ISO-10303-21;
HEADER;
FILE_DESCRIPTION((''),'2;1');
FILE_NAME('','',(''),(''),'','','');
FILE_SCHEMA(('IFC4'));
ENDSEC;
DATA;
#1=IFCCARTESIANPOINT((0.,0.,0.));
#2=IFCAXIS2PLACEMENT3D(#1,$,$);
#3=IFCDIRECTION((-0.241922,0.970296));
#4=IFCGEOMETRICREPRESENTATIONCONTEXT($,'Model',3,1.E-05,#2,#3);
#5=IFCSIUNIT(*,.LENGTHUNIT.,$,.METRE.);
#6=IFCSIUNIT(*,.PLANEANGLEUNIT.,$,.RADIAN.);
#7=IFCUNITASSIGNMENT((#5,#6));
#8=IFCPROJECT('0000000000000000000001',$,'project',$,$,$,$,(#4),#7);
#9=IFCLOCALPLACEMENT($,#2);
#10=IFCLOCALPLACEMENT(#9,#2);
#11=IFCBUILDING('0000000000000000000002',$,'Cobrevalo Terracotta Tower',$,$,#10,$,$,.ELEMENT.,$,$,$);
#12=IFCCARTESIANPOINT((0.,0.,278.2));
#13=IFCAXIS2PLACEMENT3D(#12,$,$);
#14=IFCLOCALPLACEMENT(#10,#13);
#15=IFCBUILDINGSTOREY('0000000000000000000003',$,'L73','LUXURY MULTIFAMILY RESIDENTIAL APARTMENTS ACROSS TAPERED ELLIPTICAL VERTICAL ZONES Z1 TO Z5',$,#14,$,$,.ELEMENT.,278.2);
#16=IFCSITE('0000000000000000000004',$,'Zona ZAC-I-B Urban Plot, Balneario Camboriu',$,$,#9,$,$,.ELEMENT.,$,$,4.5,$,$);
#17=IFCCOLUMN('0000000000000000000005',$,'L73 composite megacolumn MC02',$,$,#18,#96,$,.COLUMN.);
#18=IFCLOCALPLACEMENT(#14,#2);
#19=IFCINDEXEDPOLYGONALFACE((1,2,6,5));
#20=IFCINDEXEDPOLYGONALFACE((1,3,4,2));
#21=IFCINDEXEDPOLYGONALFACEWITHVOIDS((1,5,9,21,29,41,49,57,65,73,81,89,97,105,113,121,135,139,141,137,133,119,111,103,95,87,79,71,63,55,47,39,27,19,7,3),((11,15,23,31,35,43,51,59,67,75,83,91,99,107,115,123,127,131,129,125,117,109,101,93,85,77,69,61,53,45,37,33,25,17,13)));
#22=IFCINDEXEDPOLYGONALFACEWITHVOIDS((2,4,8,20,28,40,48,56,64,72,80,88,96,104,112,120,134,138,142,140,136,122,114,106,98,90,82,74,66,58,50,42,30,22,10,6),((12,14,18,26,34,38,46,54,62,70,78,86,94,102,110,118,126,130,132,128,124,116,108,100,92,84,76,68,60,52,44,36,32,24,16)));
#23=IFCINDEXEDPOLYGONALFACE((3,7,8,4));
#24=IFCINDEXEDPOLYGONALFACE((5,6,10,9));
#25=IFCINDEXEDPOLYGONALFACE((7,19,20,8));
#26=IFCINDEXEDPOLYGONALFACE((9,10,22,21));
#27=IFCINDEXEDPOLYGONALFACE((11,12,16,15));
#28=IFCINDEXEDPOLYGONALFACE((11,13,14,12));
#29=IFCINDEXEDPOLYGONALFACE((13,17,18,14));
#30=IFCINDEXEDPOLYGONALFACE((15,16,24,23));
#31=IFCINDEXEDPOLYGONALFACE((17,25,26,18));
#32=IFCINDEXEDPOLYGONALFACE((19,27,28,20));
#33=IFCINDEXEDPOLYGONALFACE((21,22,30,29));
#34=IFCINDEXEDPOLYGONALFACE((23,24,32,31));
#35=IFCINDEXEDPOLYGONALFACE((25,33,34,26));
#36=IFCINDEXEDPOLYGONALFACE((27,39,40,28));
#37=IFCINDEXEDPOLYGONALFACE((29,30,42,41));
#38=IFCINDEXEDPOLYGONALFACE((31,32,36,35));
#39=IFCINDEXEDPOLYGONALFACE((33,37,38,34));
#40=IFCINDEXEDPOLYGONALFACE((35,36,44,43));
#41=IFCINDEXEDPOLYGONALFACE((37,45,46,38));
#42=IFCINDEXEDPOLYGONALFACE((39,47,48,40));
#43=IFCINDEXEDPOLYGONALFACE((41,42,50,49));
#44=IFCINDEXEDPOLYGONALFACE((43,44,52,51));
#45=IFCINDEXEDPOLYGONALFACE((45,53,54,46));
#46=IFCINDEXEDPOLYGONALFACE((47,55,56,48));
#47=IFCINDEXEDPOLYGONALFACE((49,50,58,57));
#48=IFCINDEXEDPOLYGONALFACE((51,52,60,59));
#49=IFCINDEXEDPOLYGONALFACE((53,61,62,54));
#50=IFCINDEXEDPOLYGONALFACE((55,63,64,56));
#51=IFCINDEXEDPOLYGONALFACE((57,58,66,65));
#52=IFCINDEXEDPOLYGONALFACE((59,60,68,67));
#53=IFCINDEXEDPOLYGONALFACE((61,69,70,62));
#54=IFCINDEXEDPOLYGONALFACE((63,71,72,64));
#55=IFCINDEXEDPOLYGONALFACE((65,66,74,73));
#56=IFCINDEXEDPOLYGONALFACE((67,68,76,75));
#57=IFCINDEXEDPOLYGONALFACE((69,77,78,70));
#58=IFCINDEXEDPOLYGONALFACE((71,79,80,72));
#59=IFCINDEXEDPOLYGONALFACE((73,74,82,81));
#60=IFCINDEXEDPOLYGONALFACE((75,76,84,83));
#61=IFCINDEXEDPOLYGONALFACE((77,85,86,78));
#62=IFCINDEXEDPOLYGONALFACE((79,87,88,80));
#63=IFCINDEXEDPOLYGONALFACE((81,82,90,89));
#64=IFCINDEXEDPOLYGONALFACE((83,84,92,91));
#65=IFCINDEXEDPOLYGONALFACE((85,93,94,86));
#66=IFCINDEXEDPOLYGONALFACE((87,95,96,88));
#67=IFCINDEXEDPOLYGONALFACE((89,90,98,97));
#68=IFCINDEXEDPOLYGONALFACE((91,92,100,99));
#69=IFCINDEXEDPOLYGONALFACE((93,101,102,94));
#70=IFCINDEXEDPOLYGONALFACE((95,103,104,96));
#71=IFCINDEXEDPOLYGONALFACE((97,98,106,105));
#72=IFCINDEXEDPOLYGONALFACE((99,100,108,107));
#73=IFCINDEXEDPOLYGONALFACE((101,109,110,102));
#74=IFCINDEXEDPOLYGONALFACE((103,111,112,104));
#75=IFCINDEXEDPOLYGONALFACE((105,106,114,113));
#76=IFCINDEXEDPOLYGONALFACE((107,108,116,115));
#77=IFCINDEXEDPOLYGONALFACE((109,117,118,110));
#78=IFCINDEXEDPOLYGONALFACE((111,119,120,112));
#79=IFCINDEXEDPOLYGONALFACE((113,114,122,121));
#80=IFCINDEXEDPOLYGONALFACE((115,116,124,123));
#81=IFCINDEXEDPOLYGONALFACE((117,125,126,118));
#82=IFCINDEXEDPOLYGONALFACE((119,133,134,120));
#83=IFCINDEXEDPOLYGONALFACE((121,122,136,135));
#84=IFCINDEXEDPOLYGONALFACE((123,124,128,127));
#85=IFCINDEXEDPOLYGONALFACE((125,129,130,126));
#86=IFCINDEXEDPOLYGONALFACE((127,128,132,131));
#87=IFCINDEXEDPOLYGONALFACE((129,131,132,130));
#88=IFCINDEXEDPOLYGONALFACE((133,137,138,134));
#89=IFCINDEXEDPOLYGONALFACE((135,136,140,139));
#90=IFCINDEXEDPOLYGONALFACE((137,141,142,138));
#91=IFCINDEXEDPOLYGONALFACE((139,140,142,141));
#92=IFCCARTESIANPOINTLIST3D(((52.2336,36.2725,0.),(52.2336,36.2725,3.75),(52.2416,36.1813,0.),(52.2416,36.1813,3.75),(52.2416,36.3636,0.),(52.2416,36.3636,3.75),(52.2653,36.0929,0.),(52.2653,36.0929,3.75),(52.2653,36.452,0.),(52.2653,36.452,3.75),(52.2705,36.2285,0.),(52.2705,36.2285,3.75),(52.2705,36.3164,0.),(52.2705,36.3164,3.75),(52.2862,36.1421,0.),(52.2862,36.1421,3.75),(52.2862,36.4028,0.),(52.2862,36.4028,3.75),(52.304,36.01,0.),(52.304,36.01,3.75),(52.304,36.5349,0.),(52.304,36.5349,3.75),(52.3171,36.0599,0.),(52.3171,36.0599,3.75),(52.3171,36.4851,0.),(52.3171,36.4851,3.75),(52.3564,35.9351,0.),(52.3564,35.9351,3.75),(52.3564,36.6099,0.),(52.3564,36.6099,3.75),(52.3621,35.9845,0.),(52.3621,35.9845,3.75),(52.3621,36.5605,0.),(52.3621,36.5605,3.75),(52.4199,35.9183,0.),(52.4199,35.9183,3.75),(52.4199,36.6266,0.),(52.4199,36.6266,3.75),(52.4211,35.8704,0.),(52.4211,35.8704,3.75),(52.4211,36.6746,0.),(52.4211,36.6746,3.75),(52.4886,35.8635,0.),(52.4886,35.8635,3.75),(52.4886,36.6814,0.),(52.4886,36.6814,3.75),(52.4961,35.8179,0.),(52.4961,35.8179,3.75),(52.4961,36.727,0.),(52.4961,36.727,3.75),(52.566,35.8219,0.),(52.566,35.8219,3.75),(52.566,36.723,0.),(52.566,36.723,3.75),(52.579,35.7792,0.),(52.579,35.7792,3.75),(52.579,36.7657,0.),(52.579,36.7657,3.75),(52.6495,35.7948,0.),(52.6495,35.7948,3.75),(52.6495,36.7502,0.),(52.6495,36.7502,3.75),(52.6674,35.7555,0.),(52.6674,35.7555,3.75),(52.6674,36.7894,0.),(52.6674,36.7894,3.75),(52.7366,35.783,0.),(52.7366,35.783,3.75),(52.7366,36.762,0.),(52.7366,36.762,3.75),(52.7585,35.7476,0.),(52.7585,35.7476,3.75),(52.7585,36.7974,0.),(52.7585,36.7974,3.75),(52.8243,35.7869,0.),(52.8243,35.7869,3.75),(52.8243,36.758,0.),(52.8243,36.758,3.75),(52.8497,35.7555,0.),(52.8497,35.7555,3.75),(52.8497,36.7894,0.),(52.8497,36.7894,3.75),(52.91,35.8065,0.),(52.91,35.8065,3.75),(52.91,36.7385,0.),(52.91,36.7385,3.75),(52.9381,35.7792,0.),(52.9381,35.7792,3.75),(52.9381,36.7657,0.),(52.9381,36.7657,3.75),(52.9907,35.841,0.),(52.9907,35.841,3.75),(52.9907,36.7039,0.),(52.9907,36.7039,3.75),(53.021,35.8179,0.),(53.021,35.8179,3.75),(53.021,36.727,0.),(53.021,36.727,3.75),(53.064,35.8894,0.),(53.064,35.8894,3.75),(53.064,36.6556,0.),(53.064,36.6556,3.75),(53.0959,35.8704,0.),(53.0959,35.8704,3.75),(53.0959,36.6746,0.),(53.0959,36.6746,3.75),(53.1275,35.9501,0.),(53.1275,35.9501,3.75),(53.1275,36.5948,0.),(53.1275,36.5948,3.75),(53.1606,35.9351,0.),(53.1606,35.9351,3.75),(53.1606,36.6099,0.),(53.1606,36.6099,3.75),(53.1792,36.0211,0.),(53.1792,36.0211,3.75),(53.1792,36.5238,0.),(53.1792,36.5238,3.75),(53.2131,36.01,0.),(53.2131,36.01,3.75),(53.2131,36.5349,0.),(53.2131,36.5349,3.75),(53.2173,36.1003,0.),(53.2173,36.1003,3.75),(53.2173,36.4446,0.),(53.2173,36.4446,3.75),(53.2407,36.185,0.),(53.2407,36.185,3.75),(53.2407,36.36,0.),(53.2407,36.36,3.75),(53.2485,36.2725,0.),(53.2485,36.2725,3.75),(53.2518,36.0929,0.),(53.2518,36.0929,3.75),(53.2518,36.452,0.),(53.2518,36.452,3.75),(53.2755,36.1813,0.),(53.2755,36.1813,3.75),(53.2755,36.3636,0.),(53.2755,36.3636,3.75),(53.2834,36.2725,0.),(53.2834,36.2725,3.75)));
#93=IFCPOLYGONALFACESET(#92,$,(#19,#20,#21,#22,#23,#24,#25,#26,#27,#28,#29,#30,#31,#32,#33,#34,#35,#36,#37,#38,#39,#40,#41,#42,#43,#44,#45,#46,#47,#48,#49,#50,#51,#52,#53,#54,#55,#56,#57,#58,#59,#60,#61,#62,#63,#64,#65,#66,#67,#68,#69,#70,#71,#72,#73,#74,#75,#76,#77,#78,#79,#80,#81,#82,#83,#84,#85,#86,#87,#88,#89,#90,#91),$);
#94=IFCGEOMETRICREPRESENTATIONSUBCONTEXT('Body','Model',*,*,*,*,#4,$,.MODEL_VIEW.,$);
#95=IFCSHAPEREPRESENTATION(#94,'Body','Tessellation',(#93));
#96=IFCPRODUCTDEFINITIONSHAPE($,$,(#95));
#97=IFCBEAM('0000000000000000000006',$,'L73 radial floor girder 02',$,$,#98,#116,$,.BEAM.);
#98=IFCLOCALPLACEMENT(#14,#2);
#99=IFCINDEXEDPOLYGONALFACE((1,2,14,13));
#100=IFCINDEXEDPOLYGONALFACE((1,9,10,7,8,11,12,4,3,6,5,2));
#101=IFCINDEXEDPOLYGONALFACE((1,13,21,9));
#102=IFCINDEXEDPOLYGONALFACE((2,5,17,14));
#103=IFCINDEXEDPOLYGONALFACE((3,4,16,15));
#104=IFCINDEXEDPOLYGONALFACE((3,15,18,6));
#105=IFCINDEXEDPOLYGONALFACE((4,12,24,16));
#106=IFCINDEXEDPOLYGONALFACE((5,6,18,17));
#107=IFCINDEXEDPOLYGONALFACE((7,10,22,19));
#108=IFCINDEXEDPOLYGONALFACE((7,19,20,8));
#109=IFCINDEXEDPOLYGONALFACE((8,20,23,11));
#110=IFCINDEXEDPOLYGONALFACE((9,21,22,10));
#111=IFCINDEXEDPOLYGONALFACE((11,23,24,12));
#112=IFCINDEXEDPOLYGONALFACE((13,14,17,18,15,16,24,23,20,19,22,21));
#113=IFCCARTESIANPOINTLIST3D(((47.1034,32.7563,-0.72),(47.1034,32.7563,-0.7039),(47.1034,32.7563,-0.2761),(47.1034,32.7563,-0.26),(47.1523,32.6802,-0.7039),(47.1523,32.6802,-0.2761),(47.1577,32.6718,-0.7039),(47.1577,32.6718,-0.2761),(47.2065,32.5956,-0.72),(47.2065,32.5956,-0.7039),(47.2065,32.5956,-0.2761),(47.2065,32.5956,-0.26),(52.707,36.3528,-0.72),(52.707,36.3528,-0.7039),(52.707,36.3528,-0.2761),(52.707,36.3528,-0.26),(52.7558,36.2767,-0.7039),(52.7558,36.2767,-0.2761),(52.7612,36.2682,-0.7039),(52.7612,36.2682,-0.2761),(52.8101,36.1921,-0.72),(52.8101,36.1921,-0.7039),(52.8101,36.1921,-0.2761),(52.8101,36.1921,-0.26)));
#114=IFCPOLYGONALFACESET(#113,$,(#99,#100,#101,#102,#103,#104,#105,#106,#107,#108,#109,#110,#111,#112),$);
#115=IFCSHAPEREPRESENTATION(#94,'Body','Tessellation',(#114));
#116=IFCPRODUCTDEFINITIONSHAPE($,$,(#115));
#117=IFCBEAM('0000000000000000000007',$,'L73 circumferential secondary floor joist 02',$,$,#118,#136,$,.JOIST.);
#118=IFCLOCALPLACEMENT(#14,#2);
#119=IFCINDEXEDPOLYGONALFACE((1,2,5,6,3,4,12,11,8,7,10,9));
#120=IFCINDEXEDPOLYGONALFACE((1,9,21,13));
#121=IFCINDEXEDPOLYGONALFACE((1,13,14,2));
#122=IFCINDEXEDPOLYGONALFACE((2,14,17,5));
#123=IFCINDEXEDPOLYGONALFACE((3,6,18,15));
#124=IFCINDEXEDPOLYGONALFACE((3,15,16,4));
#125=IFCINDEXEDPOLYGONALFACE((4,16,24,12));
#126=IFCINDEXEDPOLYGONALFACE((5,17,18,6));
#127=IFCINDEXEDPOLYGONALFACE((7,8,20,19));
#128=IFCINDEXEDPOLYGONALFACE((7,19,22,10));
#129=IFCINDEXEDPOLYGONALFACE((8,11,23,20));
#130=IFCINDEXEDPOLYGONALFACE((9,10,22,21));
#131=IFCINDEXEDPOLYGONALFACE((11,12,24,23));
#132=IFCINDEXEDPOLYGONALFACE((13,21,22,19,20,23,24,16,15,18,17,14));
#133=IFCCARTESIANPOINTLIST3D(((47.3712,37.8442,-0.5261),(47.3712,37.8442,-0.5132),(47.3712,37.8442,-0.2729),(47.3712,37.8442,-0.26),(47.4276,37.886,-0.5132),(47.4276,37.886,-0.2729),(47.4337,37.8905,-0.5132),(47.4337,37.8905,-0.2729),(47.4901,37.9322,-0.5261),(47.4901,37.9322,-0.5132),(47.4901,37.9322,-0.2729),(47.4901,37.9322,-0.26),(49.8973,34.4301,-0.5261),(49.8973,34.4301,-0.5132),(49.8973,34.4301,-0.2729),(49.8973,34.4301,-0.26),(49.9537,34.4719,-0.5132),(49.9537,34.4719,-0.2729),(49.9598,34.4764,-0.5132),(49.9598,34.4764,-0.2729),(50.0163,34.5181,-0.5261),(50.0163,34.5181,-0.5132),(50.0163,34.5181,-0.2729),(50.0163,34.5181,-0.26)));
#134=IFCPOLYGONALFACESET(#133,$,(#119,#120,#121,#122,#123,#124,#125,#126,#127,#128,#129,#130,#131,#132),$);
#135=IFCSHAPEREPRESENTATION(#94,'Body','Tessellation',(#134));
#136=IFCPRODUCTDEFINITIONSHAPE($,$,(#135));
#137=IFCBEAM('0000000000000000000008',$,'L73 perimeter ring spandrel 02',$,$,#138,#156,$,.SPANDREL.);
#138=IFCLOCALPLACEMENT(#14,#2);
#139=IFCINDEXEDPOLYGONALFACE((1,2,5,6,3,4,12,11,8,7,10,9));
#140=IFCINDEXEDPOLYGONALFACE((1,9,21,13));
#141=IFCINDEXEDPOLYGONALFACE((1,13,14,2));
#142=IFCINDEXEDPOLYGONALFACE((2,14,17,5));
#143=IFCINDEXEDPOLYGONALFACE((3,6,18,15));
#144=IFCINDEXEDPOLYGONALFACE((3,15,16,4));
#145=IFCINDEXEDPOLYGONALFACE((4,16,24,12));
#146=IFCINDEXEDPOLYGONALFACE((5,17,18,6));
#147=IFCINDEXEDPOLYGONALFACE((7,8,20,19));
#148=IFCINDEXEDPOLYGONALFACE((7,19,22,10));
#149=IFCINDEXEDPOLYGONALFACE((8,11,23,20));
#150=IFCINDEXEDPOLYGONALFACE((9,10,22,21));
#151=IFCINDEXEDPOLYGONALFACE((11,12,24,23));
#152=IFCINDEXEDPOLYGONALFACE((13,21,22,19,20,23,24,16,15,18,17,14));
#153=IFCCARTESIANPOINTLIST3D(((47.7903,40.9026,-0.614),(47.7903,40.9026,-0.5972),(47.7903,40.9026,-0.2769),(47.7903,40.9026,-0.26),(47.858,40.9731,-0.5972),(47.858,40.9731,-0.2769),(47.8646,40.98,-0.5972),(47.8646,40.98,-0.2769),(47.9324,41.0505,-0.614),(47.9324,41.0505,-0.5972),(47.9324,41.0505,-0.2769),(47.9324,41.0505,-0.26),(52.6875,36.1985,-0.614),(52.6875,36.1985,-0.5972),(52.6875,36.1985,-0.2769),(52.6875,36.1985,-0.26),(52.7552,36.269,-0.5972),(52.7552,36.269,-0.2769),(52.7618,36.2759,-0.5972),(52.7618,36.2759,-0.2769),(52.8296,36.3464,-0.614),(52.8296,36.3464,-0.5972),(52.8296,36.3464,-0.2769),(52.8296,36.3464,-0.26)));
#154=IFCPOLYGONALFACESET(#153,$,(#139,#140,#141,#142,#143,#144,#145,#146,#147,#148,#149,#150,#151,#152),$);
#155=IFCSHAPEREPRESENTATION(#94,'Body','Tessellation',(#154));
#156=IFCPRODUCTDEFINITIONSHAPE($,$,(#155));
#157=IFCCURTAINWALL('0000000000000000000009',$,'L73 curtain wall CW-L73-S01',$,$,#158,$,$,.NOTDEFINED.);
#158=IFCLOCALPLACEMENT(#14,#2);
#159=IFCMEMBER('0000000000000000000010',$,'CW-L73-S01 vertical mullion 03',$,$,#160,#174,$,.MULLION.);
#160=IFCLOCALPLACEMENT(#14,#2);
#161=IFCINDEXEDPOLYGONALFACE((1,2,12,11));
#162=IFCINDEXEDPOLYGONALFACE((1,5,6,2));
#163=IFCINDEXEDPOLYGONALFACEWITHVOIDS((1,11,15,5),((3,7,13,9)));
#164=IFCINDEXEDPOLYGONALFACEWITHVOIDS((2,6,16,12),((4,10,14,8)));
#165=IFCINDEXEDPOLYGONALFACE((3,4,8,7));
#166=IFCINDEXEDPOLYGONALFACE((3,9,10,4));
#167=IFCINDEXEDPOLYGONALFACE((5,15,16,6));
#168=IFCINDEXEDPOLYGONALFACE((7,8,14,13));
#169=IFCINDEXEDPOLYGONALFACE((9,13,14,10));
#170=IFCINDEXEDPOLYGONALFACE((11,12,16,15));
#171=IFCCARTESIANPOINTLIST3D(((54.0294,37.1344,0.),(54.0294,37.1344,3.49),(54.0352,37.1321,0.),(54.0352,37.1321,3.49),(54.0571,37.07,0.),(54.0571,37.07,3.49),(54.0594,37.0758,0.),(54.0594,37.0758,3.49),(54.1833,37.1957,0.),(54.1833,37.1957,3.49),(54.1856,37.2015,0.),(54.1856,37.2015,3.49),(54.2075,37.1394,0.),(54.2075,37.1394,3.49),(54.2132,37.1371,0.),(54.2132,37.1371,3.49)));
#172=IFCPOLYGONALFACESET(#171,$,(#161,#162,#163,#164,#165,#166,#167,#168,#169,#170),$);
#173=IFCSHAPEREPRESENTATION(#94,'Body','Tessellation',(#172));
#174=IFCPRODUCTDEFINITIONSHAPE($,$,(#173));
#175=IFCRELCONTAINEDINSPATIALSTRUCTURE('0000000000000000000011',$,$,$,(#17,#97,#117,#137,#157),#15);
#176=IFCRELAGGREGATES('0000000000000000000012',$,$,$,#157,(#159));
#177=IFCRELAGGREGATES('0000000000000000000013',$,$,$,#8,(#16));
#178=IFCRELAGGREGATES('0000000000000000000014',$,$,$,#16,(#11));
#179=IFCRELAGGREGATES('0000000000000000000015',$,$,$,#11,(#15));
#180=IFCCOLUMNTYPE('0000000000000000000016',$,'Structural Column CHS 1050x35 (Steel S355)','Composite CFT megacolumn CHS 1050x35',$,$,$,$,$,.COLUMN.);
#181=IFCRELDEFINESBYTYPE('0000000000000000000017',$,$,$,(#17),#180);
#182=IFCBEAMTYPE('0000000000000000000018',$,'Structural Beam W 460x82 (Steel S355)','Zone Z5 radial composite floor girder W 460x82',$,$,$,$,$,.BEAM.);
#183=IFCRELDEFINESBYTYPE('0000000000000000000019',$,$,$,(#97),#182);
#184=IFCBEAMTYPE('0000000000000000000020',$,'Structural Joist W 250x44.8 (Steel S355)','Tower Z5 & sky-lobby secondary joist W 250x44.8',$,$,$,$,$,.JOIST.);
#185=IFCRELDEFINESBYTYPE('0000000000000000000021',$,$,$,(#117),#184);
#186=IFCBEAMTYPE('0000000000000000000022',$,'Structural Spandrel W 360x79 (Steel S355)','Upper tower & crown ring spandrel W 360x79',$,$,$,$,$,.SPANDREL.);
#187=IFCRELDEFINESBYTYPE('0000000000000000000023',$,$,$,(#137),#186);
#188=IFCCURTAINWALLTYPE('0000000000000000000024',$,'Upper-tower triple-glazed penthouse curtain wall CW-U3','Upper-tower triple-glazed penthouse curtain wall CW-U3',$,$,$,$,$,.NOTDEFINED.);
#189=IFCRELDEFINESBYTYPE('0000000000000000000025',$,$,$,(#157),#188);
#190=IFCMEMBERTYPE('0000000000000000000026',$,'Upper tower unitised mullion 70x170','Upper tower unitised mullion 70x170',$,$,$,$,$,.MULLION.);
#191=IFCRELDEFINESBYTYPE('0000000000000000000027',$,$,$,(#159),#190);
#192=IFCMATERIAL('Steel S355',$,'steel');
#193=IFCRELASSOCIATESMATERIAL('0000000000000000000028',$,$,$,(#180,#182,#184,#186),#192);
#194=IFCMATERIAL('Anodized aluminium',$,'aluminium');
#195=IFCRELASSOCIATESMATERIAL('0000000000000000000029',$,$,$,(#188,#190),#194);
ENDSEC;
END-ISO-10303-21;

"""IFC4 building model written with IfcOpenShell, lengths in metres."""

from ifc_helpers import new_model, si_unit, direction, frame, origin, origin_2d, place, context, subcontext, project, spatial, hollow_rectangle, hollow_circle, i_section, extrude, source, transform, mapped, material, material_profile, profile_set, type_object, element, aggregate, save


model = new_model("IFC4")

# Units and contexts
model_context = context("Model", 3, precision=1e-05, world=origin(), true_north=direction((-0.241922, 0.970296)))
body_context = subcontext(model_context, "Body", "Model", "MODEL_VIEW")
ifc_project = project(units=[si_unit("LENGTHUNIT", "METRE"), si_unit("PLANEANGLEUNIT", "RADIAN")], contexts=[model_context])

# Site, building, storey
site_placement = place(None, origin())
site = spatial("IfcSite", under=ifc_project, at=site_placement, Name="Zona ZAC-I-B Urban Plot, Balneario Camboriu", CompositionType="ELEMENT", RefElevation=4.5)
building_placement = place(site_placement, origin())
building = spatial("IfcBuilding", under=site, at=building_placement, Name="Cobrevalo Terracotta Tower", CompositionType="ELEMENT")
storey_placement = place(building_placement, frame((0.0, 0.0, 278.2)))
storey = spatial("IfcBuildingStorey", under=building, at=storey_placement, Name="L73", Description="LUXURY MULTIFAMILY RESIDENTIAL APARTMENTS ACROSS TAPERED ELLIPTICAL VERTICAL ZONES Z1 TO Z5", CompositionType="ELEMENT", Elevation=278.2)

# Column
ifc_material_1 = material(Name="Steel S355", Category="steel")
ifc_material_profile_1 = material_profile(ifc_material_1, hollow_circle(Radius=0.5249, WallThickness=0.0349, at=origin_2d()), Name="CHS 1050x35")
ifc_profile_set_1 = profile_set([ifc_material_profile_1], Name="Steel S355")
column_type = type_object("IfcColumnType", Name="Structural Column CHS 1050x35 (Steel S355)", Description="Composite CFT megacolumn CHS 1050x35", PredefinedType="COLUMN", material=ifc_profile_set_1)
column_placement = place(storey_placement, frame((52.7585, 36.2725, 0.0), z_axis=(0.0, 0.0, 1.0), x_axis=(1.0, 0.0, 0.0)))
element("IfcColumn", 1, at=column_placement, inside=storey, type_object=column_type, Name="L73 composite megacolumn MC02", PredefinedType="COLUMN", context=body_context, shape_type="SweptSolid", body=[
    extrude(hollow_circle(Radius=0.5249, WallThickness=0.0349, at=origin_2d()), origin(), (0.0, 0.0, 1.0), 3.75),
])

# Beams
ifc_material_profile_2 = material_profile(ifc_material_1, i_section(OverallWidth=0.1909, OverallDepth=0.46, WebThickness=0.01, FlangeThickness=0.0161, at=origin_2d()), Name="W 460x82")
ifc_profile_set_2 = profile_set([ifc_material_profile_2], Name="Steel S355")
beam_type_1 = type_object("IfcBeamType", Name="Structural Beam W 460x82 (Steel S355)", Description="Zone Z5 radial composite floor girder W 460x82", PredefinedType="BEAM", material=ifc_profile_set_2)
beam_1_placement = place(storey_placement, frame((52.7585, 36.2725, -0.49), z_axis=(-0.841576, -0.540138, 0.0), x_axis=(0.540138, -0.841576, 0.0)))
element("IfcBeam", 2, at=beam_1_placement, inside=storey, type_object=beam_type_1, Name="L73 radial floor girder 02", PredefinedType="BEAM", context=body_context, shape_type="SweptSolid", body=[
    extrude(i_section(OverallWidth=0.1909, OverallDepth=0.46, WebThickness=0.01, FlangeThickness=0.0161, at=origin_2d()), origin(), (0.0, 0.0, 1.0), 6.6584),
])
ifc_material_profile_3 = material_profile(ifc_material_1, i_section(OverallWidth=0.1479, OverallDepth=0.2661, WebThickness=0.0076, FlangeThickness=0.0129, at=origin_2d()), Name="W 250x44.8")
ifc_profile_set_3 = profile_set([ifc_material_profile_3], Name="Steel S355")
beam_type_2 = type_object("IfcBeamType", Name="Structural Joist W 250x44.8 (Steel S355)", Description="Tower Z5 & sky-lobby secondary joist W 250x44.8", PredefinedType="JOIST", material=ifc_profile_set_3)
beam_2_placement = place(storey_placement, frame((49.9568, 34.4741, -0.3931), z_axis=(-0.5948, 0.803874, 0.0), x_axis=(-0.803874, -0.5948, 0.0)))
element("IfcBeam", 3, at=beam_2_placement, inside=storey, type_object=beam_type_2, Name="L73 circumferential secondary floor joist 02", PredefinedType="JOIST", context=body_context, shape_type="SweptSolid", body=[
    extrude(i_section(OverallWidth=0.1479, OverallDepth=0.2661, WebThickness=0.0076, FlangeThickness=0.0129, at=origin_2d()), origin(), (0.0, 0.0, 1.0), 4.2471),
])
ifc_material_profile_4 = material_profile(ifc_material_1, i_section(OverallWidth=0.2051, OverallDepth=0.354, WebThickness=0.0095, FlangeThickness=0.0168, at=origin_2d()), Name="W 360x79")
ifc_profile_set_4 = profile_set([ifc_material_profile_4], Name="Steel S355")
beam_type_3 = type_object("IfcBeamType", Name="Structural Spandrel W 360x79 (Steel S355)", Description="Upper tower & crown ring spandrel W 360x79", PredefinedType="SPANDREL", material=ifc_profile_set_4)
beam_3_placement = place(storey_placement, frame((52.7585, 36.2725, -0.437), z_axis=(-0.721183, 0.692744, 0.0), x_axis=(-0.692744, -0.721183, 0.0)))
element("IfcBeam", 4, at=beam_3_placement, inside=storey, type_object=beam_type_3, Name="L73 perimeter ring spandrel 02", PredefinedType="SPANDREL", context=body_context, shape_type="SweptSolid", body=[
    extrude(i_section(OverallWidth=0.2051, OverallDepth=0.354, WebThickness=0.0095, FlangeThickness=0.0168, at=origin_2d()), origin(), (0.0, 0.0, 1.0), 6.7905),
])

# Curtain wall, member
ifc_material_2 = material(Name="Anodized aluminium", Category="aluminium")
curtain_wall_type = type_object("IfcCurtainWallType", Name="Upper-tower triple-glazed penthouse curtain wall CW-U3", Description="Upper-tower triple-glazed penthouse curtain wall CW-U3", PredefinedType="NOTDEFINED", material=ifc_material_2)
curtain_wall_1_placement = place(storey_placement, origin())
curtain_wall_1 = element("IfcCurtainWall", 5, at=curtain_wall_1_placement, inside=storey, type_object=curtain_wall_type, Name="L73 curtain wall CW-L73-S01", PredefinedType="NOTDEFINED")
ifc_material_profile_5 = material_profile(ifc_material_2, hollow_rectangle(XDim=0.0701, YDim=0.1699, WallThickness=0.0044, at=origin_2d()), Name="CWM 70x170")
ifc_profile_set_5 = profile_set([ifc_material_profile_5], Name="Anodized aluminium")
member_type_1 = type_object("IfcMemberType", Name="Upper tower unitised mullion 70x170", Description="Upper tower unitised mullion 70x170", PredefinedType="MULLION", material=ifc_profile_set_5)
shared_shape_1 = source(origin(), body_context, "Body", "SweptSolid", [
    extrude(hollow_rectangle(XDim=0.0701, YDim=0.1699, WallThickness=0.0044, at=origin_2d()), origin(), (0.0, 0.0, 1.0), 3.49),
])
member_1_placement = place(storey_placement, frame((54.1213, 37.1357, 0.0), z_axis=(0.0, 0.0, 1.0), x_axis=(-0.394824, 0.918757, 0.0)))
member_1 = element("IfcMember", 6, at=member_1_placement, type_object=member_type_1, Name="CW-L73-S01 vertical mullion 03", PredefinedType="MULLION", context=body_context, shape_type="MappedRepresentation", body=[
    mapped(shared_shape_1, transform((0.0, 0.0, 0.0), scale=1.0)),
])

aggregate(curtain_wall_1, [member_1])

save(model, "model.ifc")
